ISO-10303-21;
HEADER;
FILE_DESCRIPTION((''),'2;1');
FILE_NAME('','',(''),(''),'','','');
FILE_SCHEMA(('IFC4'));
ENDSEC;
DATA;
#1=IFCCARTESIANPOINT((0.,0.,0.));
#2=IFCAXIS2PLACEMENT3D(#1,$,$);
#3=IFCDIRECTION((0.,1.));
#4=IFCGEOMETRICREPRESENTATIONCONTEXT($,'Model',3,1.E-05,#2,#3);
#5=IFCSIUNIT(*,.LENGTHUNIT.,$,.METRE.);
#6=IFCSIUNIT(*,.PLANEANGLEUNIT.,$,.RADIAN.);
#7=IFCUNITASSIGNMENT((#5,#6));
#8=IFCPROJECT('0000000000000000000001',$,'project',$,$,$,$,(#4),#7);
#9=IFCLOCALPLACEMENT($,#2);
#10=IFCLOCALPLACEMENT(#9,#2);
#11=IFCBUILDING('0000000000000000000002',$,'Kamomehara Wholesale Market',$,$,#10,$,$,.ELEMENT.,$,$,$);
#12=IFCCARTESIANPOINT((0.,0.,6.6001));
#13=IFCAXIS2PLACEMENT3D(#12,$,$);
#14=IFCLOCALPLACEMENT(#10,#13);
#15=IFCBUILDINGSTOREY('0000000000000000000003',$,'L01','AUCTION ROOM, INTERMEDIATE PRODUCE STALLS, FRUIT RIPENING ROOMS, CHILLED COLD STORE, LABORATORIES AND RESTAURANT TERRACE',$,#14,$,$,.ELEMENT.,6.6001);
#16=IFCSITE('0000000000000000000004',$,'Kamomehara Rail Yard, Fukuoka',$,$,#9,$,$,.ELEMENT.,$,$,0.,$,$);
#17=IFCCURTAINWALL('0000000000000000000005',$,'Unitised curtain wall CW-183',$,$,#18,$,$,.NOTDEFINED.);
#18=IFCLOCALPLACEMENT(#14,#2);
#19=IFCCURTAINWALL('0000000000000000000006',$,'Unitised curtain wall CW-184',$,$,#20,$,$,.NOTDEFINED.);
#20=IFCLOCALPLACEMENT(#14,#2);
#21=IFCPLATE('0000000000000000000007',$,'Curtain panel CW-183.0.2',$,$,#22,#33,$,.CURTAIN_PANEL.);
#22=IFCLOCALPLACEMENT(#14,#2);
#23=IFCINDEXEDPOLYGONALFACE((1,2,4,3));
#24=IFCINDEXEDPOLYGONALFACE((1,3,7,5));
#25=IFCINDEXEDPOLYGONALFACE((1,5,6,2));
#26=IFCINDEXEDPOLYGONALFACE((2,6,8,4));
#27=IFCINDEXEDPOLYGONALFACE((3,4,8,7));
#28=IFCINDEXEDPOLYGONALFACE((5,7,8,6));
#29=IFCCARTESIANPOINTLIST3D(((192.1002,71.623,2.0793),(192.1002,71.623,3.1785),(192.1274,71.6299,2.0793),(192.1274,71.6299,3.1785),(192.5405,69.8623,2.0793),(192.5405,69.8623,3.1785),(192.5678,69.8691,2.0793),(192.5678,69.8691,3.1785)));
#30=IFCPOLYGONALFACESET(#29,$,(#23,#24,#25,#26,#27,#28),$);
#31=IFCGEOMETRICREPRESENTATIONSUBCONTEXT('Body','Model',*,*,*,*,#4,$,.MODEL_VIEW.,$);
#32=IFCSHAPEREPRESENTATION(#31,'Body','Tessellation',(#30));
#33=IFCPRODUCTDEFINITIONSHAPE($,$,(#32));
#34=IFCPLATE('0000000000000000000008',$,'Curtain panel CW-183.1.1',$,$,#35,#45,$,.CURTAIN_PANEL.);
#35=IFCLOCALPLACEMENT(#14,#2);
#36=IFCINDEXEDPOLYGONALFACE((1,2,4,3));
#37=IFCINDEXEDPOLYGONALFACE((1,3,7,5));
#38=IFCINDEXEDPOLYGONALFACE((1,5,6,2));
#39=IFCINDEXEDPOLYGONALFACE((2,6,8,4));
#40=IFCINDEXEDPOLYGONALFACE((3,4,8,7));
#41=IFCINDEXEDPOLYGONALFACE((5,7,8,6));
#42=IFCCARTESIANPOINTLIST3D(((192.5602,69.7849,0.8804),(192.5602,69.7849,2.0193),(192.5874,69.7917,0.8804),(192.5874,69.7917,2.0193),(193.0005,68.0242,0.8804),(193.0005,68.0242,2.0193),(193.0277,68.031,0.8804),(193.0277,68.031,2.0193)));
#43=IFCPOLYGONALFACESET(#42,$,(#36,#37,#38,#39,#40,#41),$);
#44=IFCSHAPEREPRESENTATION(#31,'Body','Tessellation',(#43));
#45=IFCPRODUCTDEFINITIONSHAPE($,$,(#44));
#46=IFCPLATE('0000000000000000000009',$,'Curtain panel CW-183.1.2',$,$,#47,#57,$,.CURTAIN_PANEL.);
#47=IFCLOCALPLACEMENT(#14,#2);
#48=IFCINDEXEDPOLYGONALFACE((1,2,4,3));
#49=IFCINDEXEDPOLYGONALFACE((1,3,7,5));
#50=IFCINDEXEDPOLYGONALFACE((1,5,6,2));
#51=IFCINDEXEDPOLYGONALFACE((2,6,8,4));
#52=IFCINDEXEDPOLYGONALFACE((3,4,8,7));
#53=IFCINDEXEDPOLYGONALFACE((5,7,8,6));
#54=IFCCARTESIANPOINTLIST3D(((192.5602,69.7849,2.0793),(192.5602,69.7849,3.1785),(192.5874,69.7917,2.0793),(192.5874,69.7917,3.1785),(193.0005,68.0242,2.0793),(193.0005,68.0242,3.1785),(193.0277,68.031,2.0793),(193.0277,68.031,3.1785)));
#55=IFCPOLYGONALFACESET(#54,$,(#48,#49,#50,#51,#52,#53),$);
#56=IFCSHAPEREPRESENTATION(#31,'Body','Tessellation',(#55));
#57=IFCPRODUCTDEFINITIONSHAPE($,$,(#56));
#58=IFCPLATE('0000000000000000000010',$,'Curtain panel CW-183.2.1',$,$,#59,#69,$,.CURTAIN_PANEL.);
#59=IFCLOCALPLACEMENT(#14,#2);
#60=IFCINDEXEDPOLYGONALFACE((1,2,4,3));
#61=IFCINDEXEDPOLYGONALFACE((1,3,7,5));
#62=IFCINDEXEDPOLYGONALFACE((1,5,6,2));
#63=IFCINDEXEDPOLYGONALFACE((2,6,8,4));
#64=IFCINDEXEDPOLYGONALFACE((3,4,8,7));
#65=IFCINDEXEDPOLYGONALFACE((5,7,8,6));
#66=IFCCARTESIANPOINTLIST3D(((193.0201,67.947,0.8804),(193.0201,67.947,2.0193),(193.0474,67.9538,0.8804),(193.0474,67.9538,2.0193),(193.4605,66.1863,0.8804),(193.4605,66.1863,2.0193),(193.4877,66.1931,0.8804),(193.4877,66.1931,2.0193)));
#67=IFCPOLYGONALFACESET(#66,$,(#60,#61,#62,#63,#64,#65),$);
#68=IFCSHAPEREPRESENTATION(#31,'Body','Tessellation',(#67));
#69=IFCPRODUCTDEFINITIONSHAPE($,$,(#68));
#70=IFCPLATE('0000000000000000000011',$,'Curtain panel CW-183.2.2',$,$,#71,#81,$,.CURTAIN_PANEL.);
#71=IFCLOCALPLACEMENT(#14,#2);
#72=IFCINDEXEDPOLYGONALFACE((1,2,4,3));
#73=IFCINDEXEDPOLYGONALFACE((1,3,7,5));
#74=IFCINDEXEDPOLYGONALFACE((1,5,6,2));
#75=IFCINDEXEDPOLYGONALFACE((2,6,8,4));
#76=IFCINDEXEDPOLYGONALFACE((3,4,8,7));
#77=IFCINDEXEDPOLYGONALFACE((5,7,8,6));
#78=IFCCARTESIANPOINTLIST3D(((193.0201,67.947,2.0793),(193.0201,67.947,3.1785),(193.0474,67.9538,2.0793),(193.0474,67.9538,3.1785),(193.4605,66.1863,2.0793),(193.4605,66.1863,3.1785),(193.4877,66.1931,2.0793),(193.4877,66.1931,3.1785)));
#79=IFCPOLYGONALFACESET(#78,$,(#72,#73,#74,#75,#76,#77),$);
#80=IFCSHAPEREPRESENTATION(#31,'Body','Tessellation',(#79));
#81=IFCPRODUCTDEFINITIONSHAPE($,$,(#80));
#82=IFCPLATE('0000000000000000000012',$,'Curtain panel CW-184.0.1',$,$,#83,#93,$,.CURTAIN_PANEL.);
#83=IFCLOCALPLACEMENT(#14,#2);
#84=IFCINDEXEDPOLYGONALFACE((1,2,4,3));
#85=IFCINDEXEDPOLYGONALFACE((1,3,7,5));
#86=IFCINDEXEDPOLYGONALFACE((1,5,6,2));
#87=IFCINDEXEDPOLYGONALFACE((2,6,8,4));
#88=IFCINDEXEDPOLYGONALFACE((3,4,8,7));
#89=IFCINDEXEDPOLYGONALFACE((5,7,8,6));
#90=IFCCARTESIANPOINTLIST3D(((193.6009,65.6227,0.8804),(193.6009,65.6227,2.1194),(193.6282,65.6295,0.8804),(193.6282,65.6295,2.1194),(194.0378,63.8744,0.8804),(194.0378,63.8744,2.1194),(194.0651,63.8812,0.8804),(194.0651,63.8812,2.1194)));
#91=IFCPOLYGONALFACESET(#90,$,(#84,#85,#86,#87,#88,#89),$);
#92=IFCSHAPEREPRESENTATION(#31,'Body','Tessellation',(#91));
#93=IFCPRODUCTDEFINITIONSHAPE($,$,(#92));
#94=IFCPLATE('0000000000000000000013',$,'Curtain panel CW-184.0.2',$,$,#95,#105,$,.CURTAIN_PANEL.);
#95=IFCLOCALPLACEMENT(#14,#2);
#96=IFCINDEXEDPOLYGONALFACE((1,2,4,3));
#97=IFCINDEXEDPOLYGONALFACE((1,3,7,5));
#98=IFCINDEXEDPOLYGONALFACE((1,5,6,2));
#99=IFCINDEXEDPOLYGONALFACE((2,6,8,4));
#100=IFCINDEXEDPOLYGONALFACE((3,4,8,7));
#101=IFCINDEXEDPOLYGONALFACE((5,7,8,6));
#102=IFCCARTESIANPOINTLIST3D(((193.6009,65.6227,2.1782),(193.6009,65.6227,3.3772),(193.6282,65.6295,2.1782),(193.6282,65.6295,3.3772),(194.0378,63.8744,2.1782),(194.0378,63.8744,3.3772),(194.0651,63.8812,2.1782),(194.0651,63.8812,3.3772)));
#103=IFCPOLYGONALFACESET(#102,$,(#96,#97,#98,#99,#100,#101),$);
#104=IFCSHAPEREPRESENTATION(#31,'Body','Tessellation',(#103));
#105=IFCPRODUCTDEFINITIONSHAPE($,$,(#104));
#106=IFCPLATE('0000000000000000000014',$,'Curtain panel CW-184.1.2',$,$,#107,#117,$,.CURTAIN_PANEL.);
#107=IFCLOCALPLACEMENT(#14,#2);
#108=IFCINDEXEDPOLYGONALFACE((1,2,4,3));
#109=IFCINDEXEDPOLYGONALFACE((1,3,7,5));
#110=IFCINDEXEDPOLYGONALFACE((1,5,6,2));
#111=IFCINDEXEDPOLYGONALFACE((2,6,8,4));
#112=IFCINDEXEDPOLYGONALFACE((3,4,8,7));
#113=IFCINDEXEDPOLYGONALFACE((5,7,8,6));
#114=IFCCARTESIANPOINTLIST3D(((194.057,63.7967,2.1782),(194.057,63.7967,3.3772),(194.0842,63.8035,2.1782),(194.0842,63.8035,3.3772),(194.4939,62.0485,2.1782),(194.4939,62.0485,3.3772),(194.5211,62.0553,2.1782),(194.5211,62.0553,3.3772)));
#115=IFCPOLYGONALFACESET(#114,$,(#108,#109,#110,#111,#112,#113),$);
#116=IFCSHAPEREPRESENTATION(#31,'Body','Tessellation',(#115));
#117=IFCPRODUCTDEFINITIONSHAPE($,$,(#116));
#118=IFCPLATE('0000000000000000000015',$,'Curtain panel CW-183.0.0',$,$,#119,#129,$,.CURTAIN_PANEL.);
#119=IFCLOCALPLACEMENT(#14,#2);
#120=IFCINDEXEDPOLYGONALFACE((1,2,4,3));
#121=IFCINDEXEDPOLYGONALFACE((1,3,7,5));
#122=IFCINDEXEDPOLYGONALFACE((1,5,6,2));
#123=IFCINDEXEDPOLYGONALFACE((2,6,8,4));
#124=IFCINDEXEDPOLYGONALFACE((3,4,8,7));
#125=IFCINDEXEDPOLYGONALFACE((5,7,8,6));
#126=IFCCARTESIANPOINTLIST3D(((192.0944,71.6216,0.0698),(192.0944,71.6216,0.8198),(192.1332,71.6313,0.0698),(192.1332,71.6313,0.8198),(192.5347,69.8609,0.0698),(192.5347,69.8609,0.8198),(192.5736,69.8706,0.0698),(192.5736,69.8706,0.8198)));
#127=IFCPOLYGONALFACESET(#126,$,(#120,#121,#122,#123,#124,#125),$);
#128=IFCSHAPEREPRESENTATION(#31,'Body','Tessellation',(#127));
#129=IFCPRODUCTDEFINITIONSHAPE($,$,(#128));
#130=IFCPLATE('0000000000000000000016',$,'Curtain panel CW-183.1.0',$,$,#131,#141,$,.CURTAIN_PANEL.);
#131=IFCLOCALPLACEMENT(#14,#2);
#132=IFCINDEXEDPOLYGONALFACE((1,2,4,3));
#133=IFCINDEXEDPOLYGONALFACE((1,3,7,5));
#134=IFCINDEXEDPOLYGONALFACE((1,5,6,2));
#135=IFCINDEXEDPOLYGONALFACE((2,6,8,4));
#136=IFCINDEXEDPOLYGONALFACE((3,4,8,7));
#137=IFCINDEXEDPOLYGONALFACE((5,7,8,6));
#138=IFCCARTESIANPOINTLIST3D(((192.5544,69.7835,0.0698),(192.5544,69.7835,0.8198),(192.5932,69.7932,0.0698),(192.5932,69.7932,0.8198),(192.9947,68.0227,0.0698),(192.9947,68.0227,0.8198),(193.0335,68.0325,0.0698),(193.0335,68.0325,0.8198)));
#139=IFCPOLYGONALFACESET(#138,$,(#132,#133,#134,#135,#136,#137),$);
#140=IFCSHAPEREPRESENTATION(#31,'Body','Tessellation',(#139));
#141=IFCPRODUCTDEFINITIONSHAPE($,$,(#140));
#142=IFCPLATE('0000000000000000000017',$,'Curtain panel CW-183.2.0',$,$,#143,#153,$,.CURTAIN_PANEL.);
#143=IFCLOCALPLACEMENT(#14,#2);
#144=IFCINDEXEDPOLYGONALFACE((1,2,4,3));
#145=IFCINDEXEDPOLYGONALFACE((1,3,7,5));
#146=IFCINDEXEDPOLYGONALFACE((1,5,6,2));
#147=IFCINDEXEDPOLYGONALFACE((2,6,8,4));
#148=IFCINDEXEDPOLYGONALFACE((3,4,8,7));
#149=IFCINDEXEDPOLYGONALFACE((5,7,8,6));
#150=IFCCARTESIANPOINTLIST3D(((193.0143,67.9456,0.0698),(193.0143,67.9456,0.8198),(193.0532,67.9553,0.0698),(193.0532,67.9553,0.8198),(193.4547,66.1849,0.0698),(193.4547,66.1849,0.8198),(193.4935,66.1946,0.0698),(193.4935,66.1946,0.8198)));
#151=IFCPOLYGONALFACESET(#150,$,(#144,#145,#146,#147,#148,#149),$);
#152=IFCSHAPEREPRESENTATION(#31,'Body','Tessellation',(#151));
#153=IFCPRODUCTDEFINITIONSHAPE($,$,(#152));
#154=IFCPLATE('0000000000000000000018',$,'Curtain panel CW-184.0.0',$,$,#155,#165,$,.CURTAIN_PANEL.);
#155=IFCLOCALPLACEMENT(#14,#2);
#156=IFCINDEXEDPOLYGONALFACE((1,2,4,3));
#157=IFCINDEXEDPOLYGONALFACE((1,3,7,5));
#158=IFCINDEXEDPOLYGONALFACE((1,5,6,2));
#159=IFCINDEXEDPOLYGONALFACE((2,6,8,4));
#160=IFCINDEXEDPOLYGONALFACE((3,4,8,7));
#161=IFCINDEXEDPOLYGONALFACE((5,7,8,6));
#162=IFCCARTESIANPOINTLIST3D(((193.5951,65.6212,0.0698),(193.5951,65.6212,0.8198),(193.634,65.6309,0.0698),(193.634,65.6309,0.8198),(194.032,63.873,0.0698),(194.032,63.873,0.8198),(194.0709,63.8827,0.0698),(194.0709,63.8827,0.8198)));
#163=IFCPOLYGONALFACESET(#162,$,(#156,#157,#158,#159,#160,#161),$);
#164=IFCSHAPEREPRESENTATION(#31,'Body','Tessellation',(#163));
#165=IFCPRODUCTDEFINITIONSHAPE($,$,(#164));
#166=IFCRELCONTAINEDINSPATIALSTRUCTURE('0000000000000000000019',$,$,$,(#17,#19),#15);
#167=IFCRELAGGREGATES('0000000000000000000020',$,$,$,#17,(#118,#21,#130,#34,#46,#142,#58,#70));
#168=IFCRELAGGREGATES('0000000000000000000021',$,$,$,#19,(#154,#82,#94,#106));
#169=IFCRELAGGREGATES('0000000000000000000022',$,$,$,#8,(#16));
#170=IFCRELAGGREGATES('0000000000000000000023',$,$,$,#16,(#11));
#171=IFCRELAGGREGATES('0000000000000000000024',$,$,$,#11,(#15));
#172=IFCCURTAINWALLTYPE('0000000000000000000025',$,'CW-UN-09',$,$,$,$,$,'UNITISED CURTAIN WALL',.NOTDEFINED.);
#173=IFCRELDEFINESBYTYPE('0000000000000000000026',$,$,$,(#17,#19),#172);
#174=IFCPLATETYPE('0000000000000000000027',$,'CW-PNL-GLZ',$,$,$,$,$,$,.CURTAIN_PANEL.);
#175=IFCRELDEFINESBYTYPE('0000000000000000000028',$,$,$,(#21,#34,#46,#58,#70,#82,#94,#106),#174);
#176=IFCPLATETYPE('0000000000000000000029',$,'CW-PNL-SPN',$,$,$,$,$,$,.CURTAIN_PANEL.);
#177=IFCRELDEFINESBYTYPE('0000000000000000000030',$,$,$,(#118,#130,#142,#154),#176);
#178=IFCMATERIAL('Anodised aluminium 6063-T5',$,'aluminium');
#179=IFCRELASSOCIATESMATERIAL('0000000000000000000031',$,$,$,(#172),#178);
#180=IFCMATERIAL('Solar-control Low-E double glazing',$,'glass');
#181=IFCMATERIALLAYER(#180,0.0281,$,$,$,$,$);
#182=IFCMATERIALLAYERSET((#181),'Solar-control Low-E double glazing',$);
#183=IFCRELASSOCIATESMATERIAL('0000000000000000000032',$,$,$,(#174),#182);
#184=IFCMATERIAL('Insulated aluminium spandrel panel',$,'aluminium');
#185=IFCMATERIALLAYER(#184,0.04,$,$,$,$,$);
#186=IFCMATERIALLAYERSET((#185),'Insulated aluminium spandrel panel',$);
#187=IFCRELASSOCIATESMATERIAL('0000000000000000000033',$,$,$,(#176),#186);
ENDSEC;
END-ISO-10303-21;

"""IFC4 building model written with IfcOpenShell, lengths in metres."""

from ifc_helpers import new_model, si_unit, direction, frame, origin, origin_2d, place, context, subcontext, project, spatial, rectangle, extrude, material, layer, layer_set, type_object, element, aggregate, save


model = new_model("IFC4")

# Units and contexts
model_context = context("Model", 3, precision=1e-05, world=origin(), true_north=direction((0.0, 1.0)))
body_context = subcontext(model_context, "Body", "Model", "MODEL_VIEW")
ifc_project = project(units=[si_unit("LENGTHUNIT", "METRE"), si_unit("PLANEANGLEUNIT", "RADIAN")], contexts=[model_context])

# Site, building, storey
site_placement = place(None, origin())
site = spatial("IfcSite", under=ifc_project, at=site_placement, Name="Kamomehara Rail Yard, Fukuoka", CompositionType="ELEMENT", RefElevation=0.0)
building_placement = place(site_placement, origin())
building = spatial("IfcBuilding", under=site, at=building_placement, Name="Kamomehara Wholesale Market", CompositionType="ELEMENT")
storey_placement = place(building_placement, frame((0.0, 0.0, 6.6001)))
storey = spatial("IfcBuildingStorey", under=building, at=storey_placement, Name="L01", Description="AUCTION ROOM, INTERMEDIATE PRODUCE STALLS, FRUIT RIPENING ROOMS, CHILLED COLD STORE, LABORATORIES AND RESTAURANT TERRACE", CompositionType="ELEMENT", Elevation=6.6001)

# Curtain walls
ifc_material_1 = material(Name="Anodised aluminium 6063-T5", Category="aluminium")
curtain_wall_type = type_object("IfcCurtainWallType", Name="CW-UN-09", ElementType="UNITISED CURTAIN WALL", PredefinedType="NOTDEFINED", material=ifc_material_1)
curtain_wall_1_placement = place(storey_placement, origin())
curtain_wall_1 = element("IfcCurtainWall", 1, at=curtain_wall_1_placement, inside=storey, type_object=curtain_wall_type, Name="Unitised curtain wall CW-183", PredefinedType="NOTDEFINED")
curtain_wall_2_placement = place(storey_placement, origin())
curtain_wall_2 = element("IfcCurtainWall", 2, at=curtain_wall_2_placement, inside=storey, type_object=curtain_wall_type, Name="Unitised curtain wall CW-184", PredefinedType="NOTDEFINED")

# Plates
ifc_material_2 = material(Name="Solar-control Low-E double glazing", Category="glass")
ifc_layer_1 = layer(ifc_material_2, 0.0281)
ifc_layer_set_1 = layer_set([ifc_layer_1], Name="Solar-control Low-E double glazing")
plate_type_1 = type_object("IfcPlateType", Name="CW-PNL-GLZ", PredefinedType="CURTAIN_PANEL", material=ifc_layer_set_1)
plate_1_placement = place(storey_placement, frame((192.334, 70.7461, 2.0793), z_axis=(0.0, 0.0, 1.0), x_axis=(0.242616, -0.970122, 0.0)))
plate_1 = element("IfcPlate", 3, at=plate_1_placement, type_object=plate_type_1, Name="Curtain panel CW-183.0.2", PredefinedType="CURTAIN_PANEL", context=body_context, shape_type="SweptSolid", body=[
    extrude(rectangle(XDim=1.8149, YDim=0.0281, at=origin_2d()), origin(), (0.0, 0.0, 1.0), 1.0991),
])
plate_2_placement = place(storey_placement, frame((192.7939, 68.908, 0.8804), z_axis=(0.0, 0.0, 1.0), x_axis=(0.242616, -0.970122, 0.0)))
plate_2 = element("IfcPlate", 4, at=plate_2_placement, type_object=plate_type_1, Name="Curtain panel CW-183.1.1", PredefinedType="CURTAIN_PANEL", context=body_context, shape_type="SweptSolid", body=[
    extrude(rectangle(XDim=1.8149, YDim=0.0281, at=origin_2d()), origin(), (0.0, 0.0, 1.0), 1.1389),
])
plate_3_placement = place(storey_placement, frame((192.7939, 68.908, 2.0793), z_axis=(0.0, 0.0, 1.0), x_axis=(0.242616, -0.970122, 0.0)))
plate_3 = element("IfcPlate", 5, at=plate_3_placement, type_object=plate_type_1, Name="Curtain panel CW-183.1.2", PredefinedType="CURTAIN_PANEL", context=body_context, shape_type="SweptSolid", body=[
    extrude(rectangle(XDim=1.8149, YDim=0.0281, at=origin_2d()), origin(), (0.0, 0.0, 1.0), 1.0991),
])
plate_4_placement = place(storey_placement, frame((193.2539, 67.0701, 0.8804), z_axis=(0.0, 0.0, 1.0), x_axis=(0.242616, -0.970122, 0.0)))
plate_4 = element("IfcPlate", 6, at=plate_4_placement, type_object=plate_type_1, Name="Curtain panel CW-183.2.1", PredefinedType="CURTAIN_PANEL", context=body_context, shape_type="SweptSolid", body=[
    extrude(rectangle(XDim=1.8149, YDim=0.0281, at=origin_2d()), origin(), (0.0, 0.0, 1.0), 1.1389),
])
plate_5_placement = place(storey_placement, frame((193.2539, 67.0701, 2.0793), z_axis=(0.0, 0.0, 1.0), x_axis=(0.242616, -0.970122, 0.0)))
plate_5 = element("IfcPlate", 7, at=plate_5_placement, type_object=plate_type_1, Name="Curtain panel CW-183.2.2", PredefinedType="CURTAIN_PANEL", context=body_context, shape_type="SweptSolid", body=[
    extrude(rectangle(XDim=1.8149, YDim=0.0281, at=origin_2d()), origin(), (0.0, 0.0, 1.0), 1.0991),
])
plate_6_placement = place(storey_placement, frame((193.833, 64.752, 0.8804), z_axis=(0.0, 0.0, 1.0), x_axis=(0.242447, -0.970165, 0.0)))
plate_6 = element("IfcPlate", 8, at=plate_6_placement, type_object=plate_type_1, Name="Curtain panel CW-184.0.1", PredefinedType="CURTAIN_PANEL", context=body_context, shape_type="SweptSolid", body=[
    extrude(rectangle(XDim=1.802, YDim=0.0281, at=origin_2d()), origin(), (0.0, 0.0, 1.0), 1.239),
])
plate_7_placement = place(storey_placement, frame((193.833, 64.752, 2.1782), z_axis=(0.0, 0.0, 1.0), x_axis=(0.242447, -0.970165, 0.0)))
plate_7 = element("IfcPlate", 9, at=plate_7_placement, type_object=plate_type_1, Name="Curtain panel CW-184.0.2", PredefinedType="CURTAIN_PANEL", context=body_context, shape_type="SweptSolid", body=[
    extrude(rectangle(XDim=1.802, YDim=0.0281, at=origin_2d()), origin(), (0.0, 0.0, 1.0), 1.199),
])
plate_8_placement = place(storey_placement, frame((194.2891, 62.926, 2.1782), z_axis=(0.0, 0.0, 1.0), x_axis=(0.242447, -0.970165, 0.0)))
plate_8 = element("IfcPlate", 10, at=plate_8_placement, type_object=plate_type_1, Name="Curtain panel CW-184.1.2", PredefinedType="CURTAIN_PANEL", context=body_context, shape_type="SweptSolid", body=[
    extrude(rectangle(XDim=1.802, YDim=0.0281, at=origin_2d()), origin(), (0.0, 0.0, 1.0), 1.199),
])
ifc_material_3 = material(Name="Insulated aluminium spandrel panel", Category="aluminium")
ifc_layer_2 = layer(ifc_material_3, 0.04)
ifc_layer_set_2 = layer_set([ifc_layer_2], Name="Insulated aluminium spandrel panel")
plate_type_2 = type_object("IfcPlateType", Name="CW-PNL-SPN", PredefinedType="CURTAIN_PANEL", material=ifc_layer_set_2)
plate_9_placement = place(storey_placement, frame((192.334, 70.7461, 0.0698), z_axis=(0.0, 0.0, 1.0), x_axis=(0.242616, -0.970122, 0.0)))
plate_9 = element("IfcPlate", 11, at=plate_9_placement, type_object=plate_type_2, Name="Curtain panel CW-183.0.0", PredefinedType="CURTAIN_PANEL", context=body_context, shape_type="SweptSolid", body=[
    extrude(rectangle(XDim=1.8149, YDim=0.04, at=origin_2d()), origin(), (0.0, 0.0, 1.0), 0.75),
])
plate_10_placement = place(storey_placement, frame((192.7939, 68.908, 0.0698), z_axis=(0.0, 0.0, 1.0), x_axis=(0.242616, -0.970122, 0.0)))
plate_10 = element("IfcPlate", 12, at=plate_10_placement, type_object=plate_type_2, Name="Curtain panel CW-183.1.0", PredefinedType="CURTAIN_PANEL", context=body_context, shape_type="SweptSolid", body=[
    extrude(rectangle(XDim=1.8149, YDim=0.04, at=origin_2d()), origin(), (0.0, 0.0, 1.0), 0.75),
])
plate_11_placement = place(storey_placement, frame((193.2539, 67.0701, 0.0698), z_axis=(0.0, 0.0, 1.0), x_axis=(0.242616, -0.970122, 0.0)))
plate_11 = element("IfcPlate", 13, at=plate_11_placement, type_object=plate_type_2, Name="Curtain panel CW-183.2.0", PredefinedType="CURTAIN_PANEL", context=body_context, shape_type="SweptSolid", body=[
    extrude(rectangle(XDim=1.8149, YDim=0.04, at=origin_2d()), origin(), (0.0, 0.0, 1.0), 0.75),
])
aggregate(curtain_wall_1, [plate_9, plate_1, plate_10, plate_2, plate_3, plate_11, plate_4, plate_5])
plate_12_placement = place(storey_placement, frame((193.833, 64.752, 0.0698), z_axis=(0.0, 0.0, 1.0), x_axis=(0.242447, -0.970165, 0.0)))
plate_12 = element("IfcPlate", 14, at=plate_12_placement, type_object=plate_type_2, Name="Curtain panel CW-184.0.0", PredefinedType="CURTAIN_PANEL", context=body_context, shape_type="SweptSolid", body=[
    extrude(rectangle(XDim=1.802, YDim=0.04, at=origin_2d()), origin(), (0.0, 0.0, 1.0), 0.75),
])
aggregate(curtain_wall_2, [plate_12, plate_6, plate_7, plate_8])

save(model, "model.ifc")
